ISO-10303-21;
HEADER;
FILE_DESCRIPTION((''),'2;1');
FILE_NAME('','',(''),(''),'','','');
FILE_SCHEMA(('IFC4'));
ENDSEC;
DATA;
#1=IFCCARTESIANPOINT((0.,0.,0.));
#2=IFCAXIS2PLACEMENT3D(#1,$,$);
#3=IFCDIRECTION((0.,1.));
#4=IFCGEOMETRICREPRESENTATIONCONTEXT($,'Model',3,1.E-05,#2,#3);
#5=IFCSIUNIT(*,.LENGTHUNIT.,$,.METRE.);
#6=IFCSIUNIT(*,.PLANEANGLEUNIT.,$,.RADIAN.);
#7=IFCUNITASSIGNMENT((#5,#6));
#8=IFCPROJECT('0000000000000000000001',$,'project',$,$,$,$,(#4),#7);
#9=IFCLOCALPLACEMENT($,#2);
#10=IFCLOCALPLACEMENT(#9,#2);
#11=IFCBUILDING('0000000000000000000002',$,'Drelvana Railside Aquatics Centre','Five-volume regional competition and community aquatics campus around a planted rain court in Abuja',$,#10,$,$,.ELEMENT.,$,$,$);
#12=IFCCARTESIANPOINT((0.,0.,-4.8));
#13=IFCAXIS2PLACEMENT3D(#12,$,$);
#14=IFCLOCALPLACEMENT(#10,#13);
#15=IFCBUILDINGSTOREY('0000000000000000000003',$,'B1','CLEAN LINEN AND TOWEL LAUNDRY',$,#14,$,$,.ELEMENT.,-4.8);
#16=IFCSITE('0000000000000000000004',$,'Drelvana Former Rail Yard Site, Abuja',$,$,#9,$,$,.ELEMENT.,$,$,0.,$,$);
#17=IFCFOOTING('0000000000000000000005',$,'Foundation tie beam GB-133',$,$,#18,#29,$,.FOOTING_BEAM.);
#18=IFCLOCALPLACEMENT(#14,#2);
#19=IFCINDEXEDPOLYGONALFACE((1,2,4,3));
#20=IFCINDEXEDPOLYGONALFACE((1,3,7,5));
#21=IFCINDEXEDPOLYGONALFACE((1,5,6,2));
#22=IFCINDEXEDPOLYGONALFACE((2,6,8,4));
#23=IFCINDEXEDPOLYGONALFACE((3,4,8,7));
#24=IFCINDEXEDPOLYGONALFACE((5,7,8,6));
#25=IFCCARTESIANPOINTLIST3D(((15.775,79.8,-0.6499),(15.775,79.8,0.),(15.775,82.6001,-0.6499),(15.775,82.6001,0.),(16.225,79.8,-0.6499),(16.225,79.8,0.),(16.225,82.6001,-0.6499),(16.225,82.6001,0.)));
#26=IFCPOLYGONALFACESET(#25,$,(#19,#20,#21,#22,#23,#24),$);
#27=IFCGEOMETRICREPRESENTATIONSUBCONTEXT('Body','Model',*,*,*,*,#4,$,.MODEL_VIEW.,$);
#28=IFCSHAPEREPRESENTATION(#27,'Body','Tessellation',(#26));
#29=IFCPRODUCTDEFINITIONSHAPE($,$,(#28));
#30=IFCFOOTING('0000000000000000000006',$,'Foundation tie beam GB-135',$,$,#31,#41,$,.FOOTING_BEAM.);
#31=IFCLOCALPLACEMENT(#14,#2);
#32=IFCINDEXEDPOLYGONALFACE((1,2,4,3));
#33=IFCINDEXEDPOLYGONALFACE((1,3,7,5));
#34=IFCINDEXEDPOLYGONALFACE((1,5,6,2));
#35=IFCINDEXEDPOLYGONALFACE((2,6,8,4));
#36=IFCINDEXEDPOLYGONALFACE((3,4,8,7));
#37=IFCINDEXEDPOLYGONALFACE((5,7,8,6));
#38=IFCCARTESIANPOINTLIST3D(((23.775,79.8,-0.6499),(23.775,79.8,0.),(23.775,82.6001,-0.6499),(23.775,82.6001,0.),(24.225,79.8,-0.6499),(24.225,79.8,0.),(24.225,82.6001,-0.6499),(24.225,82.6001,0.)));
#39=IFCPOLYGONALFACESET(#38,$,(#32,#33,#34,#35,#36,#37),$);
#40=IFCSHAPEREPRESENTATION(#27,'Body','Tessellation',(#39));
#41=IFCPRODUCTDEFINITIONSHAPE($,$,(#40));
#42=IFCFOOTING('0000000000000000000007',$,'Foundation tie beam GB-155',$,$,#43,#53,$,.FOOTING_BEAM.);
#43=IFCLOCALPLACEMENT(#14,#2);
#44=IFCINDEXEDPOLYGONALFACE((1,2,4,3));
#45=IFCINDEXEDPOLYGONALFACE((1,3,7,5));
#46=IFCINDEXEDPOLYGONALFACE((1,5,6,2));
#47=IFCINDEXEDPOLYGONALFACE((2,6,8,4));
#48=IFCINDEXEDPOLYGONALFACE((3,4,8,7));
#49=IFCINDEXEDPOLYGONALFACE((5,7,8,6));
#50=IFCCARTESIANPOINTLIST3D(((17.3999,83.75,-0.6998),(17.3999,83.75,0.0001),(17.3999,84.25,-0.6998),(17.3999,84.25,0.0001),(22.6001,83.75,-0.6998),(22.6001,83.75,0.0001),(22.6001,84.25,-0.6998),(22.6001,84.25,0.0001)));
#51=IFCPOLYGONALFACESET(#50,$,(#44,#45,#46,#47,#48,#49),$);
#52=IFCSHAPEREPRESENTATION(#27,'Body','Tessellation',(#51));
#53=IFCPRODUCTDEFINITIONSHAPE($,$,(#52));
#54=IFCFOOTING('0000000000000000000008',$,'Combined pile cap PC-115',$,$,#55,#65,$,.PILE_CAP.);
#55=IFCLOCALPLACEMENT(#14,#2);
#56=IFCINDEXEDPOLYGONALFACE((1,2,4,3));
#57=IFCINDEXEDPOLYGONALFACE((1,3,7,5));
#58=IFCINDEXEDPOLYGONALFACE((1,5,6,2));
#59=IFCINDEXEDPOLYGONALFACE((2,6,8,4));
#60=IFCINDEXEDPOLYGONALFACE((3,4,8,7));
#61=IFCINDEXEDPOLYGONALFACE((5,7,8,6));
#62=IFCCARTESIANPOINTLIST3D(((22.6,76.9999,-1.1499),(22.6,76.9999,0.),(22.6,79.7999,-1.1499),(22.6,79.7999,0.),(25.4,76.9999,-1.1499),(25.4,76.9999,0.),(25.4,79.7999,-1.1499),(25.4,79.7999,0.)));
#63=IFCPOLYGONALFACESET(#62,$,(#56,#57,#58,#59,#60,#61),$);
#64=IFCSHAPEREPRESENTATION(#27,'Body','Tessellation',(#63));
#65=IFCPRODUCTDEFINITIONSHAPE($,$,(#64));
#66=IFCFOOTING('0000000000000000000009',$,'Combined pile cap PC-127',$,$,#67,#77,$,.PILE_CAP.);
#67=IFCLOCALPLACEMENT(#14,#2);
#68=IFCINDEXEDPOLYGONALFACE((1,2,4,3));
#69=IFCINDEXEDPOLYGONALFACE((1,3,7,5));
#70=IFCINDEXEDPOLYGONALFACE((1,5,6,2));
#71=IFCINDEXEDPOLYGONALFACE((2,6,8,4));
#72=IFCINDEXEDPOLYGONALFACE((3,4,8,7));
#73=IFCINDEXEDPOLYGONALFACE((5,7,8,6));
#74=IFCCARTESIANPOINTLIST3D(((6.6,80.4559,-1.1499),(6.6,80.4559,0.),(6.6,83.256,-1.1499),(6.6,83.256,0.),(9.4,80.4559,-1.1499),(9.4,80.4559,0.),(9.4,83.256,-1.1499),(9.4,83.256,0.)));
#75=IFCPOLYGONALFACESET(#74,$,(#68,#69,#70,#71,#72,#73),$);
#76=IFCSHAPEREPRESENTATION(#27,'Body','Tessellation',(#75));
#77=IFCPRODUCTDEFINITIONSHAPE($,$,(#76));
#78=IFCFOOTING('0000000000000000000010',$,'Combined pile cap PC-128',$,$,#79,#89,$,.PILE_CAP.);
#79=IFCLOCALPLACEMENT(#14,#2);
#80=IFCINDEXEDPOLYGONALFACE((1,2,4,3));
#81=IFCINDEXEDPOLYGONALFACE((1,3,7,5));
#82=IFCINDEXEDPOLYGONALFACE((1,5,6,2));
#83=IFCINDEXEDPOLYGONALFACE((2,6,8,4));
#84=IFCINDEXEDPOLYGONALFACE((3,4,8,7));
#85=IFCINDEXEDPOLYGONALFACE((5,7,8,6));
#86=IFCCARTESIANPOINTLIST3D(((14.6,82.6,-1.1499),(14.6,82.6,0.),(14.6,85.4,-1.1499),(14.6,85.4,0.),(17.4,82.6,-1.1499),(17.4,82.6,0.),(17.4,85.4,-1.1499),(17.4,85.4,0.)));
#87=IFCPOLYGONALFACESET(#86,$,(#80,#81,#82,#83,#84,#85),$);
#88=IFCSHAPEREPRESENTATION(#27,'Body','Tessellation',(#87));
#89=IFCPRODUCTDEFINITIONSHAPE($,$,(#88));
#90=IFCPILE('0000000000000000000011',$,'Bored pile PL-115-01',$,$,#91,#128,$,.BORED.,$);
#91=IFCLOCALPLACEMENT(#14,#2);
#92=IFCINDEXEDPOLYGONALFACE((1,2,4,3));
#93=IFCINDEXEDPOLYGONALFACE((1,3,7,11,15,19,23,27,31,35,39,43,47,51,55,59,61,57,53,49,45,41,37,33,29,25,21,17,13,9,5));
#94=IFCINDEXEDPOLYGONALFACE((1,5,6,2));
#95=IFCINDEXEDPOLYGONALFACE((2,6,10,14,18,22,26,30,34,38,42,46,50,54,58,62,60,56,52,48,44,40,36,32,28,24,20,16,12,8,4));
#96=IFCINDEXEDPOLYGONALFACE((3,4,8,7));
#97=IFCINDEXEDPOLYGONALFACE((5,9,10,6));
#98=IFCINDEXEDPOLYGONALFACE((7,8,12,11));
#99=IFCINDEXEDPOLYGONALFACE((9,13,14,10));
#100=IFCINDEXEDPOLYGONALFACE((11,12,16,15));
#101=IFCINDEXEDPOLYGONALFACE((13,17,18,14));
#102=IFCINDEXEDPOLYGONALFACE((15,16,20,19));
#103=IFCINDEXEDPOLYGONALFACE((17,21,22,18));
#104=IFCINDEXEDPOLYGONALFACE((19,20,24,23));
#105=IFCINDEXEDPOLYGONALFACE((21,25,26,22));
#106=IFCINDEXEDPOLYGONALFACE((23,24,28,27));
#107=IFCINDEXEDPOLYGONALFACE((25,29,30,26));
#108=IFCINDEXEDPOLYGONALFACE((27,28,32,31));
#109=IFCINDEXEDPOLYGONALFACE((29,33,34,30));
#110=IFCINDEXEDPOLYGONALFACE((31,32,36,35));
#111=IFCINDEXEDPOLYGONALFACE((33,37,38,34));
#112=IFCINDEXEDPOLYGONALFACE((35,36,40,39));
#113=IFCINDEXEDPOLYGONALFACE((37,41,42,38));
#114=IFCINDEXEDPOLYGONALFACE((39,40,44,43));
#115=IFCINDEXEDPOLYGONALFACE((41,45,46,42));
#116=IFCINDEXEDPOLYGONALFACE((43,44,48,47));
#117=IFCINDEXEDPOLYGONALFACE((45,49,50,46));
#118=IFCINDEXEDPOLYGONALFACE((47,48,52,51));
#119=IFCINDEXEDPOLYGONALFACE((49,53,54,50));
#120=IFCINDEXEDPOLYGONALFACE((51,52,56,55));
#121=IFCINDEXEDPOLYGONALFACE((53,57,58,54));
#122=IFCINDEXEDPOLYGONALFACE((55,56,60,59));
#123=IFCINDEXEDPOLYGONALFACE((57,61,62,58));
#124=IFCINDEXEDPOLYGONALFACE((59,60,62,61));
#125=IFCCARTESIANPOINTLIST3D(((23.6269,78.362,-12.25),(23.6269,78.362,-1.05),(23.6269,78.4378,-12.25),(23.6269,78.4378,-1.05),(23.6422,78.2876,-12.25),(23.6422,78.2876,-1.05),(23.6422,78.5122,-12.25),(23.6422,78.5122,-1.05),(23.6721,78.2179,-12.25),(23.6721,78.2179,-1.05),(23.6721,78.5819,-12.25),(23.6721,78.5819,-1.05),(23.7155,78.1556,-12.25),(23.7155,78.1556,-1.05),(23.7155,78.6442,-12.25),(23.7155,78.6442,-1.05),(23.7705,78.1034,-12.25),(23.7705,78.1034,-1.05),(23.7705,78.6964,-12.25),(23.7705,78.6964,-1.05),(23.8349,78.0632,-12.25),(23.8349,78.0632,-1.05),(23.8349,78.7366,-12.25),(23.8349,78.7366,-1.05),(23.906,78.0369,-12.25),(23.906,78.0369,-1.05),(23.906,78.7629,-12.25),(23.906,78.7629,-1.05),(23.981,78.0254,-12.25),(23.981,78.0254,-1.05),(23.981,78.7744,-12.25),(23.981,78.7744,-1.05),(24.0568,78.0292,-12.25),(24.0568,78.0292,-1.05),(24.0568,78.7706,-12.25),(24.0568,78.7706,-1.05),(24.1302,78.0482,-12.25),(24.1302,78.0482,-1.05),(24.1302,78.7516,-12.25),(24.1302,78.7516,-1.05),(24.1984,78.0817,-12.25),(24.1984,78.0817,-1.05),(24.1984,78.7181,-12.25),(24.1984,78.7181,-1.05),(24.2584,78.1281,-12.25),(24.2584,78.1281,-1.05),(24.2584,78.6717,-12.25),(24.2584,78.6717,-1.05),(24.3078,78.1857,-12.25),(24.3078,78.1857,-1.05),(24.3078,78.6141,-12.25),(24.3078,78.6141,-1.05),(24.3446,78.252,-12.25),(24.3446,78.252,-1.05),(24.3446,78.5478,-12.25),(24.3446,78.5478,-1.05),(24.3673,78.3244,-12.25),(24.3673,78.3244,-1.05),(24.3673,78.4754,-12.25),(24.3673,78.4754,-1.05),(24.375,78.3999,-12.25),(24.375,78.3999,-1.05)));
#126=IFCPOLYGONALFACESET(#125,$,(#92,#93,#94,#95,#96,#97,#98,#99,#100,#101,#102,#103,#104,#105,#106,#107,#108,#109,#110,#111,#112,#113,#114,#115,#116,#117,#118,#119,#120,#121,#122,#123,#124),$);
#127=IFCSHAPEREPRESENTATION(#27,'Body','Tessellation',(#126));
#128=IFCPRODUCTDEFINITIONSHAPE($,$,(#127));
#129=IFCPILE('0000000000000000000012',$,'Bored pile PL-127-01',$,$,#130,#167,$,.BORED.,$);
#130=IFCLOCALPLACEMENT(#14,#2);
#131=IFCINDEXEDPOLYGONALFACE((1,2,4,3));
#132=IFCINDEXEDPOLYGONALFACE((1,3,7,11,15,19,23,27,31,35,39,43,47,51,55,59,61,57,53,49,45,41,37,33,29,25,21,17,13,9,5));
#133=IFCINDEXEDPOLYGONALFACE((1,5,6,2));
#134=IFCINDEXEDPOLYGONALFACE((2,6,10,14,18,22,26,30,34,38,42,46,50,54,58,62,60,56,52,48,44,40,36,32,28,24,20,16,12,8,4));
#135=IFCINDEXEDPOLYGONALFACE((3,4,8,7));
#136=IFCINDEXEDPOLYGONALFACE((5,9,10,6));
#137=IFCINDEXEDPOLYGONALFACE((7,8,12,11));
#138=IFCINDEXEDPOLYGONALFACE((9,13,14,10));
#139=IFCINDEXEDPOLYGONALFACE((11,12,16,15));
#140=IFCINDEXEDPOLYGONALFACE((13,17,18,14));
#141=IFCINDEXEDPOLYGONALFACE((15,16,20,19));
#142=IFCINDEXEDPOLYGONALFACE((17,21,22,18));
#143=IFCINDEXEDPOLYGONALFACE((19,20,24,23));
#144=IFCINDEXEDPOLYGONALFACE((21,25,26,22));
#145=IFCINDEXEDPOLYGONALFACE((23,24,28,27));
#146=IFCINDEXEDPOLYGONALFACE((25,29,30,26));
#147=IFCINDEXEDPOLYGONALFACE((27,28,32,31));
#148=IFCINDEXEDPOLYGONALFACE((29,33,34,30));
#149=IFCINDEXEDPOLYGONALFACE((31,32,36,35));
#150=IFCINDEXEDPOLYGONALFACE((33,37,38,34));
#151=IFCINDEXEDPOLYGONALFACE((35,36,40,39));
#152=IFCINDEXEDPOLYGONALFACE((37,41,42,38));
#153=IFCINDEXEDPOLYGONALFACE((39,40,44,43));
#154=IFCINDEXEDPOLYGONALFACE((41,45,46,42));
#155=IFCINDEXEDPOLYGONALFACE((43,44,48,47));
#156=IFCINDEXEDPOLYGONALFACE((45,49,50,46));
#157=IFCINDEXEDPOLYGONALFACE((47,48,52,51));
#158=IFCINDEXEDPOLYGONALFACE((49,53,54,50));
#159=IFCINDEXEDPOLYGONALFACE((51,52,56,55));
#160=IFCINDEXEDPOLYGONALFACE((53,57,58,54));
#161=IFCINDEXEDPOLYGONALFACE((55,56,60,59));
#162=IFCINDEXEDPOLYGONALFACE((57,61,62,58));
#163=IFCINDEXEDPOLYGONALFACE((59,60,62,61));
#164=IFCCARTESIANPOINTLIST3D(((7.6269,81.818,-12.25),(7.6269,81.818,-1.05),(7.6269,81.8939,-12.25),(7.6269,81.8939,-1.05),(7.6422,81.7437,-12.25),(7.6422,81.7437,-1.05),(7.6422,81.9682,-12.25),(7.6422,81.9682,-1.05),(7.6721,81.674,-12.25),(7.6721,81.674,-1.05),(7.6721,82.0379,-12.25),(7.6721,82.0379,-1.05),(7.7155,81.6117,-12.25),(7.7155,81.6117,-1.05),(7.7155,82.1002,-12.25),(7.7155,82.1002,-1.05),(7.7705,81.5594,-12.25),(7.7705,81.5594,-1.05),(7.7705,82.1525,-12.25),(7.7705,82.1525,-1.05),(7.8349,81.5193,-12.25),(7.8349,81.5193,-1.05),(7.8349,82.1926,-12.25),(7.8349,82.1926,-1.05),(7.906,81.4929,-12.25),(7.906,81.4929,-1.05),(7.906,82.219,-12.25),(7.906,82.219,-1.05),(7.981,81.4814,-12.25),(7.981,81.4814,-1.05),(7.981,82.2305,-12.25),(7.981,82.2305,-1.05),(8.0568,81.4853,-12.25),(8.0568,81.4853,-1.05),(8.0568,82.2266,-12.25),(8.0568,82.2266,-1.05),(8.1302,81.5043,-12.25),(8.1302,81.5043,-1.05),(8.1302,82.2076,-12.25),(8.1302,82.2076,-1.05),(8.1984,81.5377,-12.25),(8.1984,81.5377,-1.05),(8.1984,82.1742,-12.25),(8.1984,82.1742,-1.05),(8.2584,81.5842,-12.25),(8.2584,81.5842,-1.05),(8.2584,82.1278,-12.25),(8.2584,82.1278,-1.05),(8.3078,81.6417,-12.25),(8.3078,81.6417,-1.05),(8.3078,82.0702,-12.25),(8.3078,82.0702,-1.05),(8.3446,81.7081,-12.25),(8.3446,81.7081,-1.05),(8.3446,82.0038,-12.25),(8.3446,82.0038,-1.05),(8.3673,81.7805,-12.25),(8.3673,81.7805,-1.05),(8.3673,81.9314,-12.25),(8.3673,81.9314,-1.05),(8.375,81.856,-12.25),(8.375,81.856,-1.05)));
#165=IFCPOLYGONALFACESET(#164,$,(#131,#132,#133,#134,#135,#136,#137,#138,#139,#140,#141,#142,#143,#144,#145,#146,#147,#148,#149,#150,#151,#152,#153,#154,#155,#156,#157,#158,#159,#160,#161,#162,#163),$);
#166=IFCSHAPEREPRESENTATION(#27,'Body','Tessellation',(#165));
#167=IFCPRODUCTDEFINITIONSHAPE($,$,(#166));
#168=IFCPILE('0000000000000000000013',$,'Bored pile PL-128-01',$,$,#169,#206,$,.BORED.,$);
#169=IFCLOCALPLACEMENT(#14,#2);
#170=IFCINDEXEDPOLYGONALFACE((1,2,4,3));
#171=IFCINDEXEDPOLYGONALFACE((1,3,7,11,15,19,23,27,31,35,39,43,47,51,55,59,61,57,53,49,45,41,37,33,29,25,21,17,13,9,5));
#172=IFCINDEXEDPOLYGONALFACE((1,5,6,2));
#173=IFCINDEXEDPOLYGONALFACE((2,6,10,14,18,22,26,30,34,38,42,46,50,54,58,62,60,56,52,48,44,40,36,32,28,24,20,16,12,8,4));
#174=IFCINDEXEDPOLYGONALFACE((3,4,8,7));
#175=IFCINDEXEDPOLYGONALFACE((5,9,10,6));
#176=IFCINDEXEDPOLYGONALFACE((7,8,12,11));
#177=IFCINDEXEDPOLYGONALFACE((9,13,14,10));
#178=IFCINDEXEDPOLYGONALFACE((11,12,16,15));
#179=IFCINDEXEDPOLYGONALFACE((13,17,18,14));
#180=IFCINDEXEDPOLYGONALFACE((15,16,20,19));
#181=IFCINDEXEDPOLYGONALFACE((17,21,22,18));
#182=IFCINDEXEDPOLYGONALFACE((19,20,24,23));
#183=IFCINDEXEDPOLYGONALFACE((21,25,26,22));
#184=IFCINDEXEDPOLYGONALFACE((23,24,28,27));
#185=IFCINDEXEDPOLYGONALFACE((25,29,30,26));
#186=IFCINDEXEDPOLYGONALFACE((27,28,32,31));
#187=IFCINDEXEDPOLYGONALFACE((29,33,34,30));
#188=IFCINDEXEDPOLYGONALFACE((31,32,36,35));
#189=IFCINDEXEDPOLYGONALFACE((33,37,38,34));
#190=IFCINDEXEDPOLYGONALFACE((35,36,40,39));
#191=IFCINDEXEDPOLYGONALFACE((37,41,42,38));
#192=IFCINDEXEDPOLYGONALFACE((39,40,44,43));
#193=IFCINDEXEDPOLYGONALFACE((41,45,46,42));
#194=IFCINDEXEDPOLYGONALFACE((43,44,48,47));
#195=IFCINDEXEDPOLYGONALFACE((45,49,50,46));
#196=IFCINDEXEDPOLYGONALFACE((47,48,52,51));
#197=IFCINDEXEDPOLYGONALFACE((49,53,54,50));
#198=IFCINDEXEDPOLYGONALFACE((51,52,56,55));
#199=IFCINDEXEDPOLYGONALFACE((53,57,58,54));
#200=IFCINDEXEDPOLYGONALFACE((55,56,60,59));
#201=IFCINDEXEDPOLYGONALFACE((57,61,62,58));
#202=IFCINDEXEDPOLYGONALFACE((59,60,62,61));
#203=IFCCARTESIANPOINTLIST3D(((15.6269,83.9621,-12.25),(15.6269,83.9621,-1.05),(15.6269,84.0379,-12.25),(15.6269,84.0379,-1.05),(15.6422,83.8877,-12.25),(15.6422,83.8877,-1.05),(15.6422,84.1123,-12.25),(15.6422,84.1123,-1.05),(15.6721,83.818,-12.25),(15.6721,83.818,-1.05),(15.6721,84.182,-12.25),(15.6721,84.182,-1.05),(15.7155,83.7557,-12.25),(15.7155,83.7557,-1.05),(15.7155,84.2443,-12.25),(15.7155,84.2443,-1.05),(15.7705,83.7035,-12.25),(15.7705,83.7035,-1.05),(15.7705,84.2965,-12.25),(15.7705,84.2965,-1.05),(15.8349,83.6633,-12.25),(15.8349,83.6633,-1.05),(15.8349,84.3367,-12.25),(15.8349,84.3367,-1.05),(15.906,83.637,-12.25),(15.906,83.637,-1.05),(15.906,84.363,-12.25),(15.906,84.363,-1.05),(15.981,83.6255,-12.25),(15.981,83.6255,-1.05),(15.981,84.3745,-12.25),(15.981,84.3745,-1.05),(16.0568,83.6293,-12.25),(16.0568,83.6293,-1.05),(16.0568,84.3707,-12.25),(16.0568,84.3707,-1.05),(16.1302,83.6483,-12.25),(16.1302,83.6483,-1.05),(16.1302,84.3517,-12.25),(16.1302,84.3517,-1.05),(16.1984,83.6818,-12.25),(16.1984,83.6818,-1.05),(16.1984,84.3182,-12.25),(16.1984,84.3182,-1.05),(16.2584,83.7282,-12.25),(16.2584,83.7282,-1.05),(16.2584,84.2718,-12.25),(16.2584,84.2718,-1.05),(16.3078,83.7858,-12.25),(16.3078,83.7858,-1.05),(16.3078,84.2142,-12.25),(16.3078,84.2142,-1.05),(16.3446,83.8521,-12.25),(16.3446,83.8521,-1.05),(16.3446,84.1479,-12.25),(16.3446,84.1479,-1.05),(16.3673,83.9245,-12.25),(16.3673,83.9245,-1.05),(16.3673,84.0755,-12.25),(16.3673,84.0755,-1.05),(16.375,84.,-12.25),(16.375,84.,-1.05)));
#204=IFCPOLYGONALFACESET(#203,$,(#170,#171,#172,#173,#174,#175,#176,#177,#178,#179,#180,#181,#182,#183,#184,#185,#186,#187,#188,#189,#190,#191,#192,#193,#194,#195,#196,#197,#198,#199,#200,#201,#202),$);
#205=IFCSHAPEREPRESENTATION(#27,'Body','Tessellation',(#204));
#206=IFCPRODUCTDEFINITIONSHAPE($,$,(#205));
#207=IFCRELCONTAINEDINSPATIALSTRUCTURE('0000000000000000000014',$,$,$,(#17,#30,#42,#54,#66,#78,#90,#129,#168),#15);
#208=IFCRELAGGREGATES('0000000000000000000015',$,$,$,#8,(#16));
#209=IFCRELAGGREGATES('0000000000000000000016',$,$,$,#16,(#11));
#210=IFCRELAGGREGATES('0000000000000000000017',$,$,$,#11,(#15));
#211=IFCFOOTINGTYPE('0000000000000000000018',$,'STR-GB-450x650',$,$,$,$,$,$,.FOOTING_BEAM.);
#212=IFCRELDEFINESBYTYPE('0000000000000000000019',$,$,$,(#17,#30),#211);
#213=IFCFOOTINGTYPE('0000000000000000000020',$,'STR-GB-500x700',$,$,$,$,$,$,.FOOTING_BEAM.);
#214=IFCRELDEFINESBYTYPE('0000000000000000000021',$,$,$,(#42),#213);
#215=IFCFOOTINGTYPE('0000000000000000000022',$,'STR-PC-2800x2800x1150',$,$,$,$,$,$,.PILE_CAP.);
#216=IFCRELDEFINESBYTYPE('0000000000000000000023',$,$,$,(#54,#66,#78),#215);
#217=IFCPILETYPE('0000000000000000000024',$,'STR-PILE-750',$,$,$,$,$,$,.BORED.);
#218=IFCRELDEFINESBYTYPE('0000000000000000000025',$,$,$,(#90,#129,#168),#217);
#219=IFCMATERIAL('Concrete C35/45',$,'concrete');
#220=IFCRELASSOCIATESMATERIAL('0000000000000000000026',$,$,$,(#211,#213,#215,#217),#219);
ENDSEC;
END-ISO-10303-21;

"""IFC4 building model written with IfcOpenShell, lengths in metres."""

from ifc_helpers import new_model, si_unit, direction, frame, origin, origin_2d, place, context, subcontext, project, spatial, rectangle, circle, extrude, material, material_profile, profile_set, type_object, element, save


model = new_model("IFC4")

# Units and contexts
model_context = context("Model", 3, precision=1e-05, world=origin(), true_north=direction((0.0, 1.0)))
body_context = subcontext(model_context, "Body", "Model", "MODEL_VIEW")
ifc_project = project(units=[si_unit("LENGTHUNIT", "METRE"), si_unit("PLANEANGLEUNIT", "RADIAN")], contexts=[model_context])

# Site, building, storey
site_placement = place(None, origin())
site = spatial("IfcSite", under=ifc_project, at=site_placement, Name="Drelvana Former Rail Yard Site, Abuja", CompositionType="ELEMENT", RefElevation=0.0)
building_placement = place(site_placement, origin())
building = spatial("IfcBuilding", under=site, at=building_placement, Name="Drelvana Railside Aquatics Centre", Description="Five-volume regional competition and community aquatics campus around a planted rain court in Abuja", CompositionType="ELEMENT")
storey_placement = place(building_placement, frame((0.0, 0.0, -4.8)))
storey = spatial("IfcBuildingStorey", under=building, at=storey_placement, Name="B1", Description="CLEAN LINEN AND TOWEL LAUNDRY", CompositionType="ELEMENT", Elevation=-4.8)

# Footings
ifc_material_1 = material(Name="Concrete C35/45", Category="concrete")
ifc_material_profile_1 = material_profile(ifc_material_1, rectangle(XDim=0.45, YDim=0.6499, at=origin_2d()), Name="GB 450x650")
ifc_profile_set_1 = profile_set([ifc_material_profile_1], Name="Concrete C35/45")
footing_type_1 = type_object("IfcFootingType", Name="STR-GB-450x650", PredefinedType="FOOTING_BEAM", material=ifc_profile_set_1)
for number, where, z_axis, x_axis, name in (
    (1, (16.0, 79.8, -0.325), (0.0, 1.0, 0.0), (-1.0, 0.0, 0.0), "Foundation tie beam GB-133"),
    (2, (24.0, 79.8, -0.325), (0.0, 1.0, 0.0), (-1.0, 0.0, 0.0), "Foundation tie beam GB-135"),
):
    element("IfcFooting", number, at=place(storey_placement, frame(where, z_axis=z_axis, x_axis=x_axis)), inside=storey, type_object=footing_type_1, Name=name, PredefinedType="FOOTING_BEAM", context=body_context, shape_type="SweptSolid", body=[
        extrude(rectangle(XDim=0.45, YDim=0.6499, at=origin_2d()), origin(), (0.0, 0.0, 1.0), 2.8),
    ])
ifc_material_profile_2 = material_profile(ifc_material_1, rectangle(XDim=0.5, YDim=0.7, at=origin_2d()), Name="GB 500x700")
ifc_profile_set_2 = profile_set([ifc_material_profile_2], Name="Concrete C35/45")
footing_type_2 = type_object("IfcFootingType", Name="STR-GB-500x700", PredefinedType="FOOTING_BEAM", material=ifc_profile_set_2)
footing_placement = place(storey_placement, frame((17.3999, 84.0, -0.3499), z_axis=(1.0, 0.0, 0.0), x_axis=(0.0, 1.0, 0.0)))
element("IfcFooting", 3, at=footing_placement, inside=storey, type_object=footing_type_2, Name="Foundation tie beam GB-155", PredefinedType="FOOTING_BEAM", context=body_context, shape_type="SweptSolid", body=[
    extrude(rectangle(XDim=0.5, YDim=0.7, at=origin_2d()), origin(), (0.0, 0.0, 1.0), 5.2002),
])
footing_type_3 = type_object("IfcFootingType", Name="STR-PC-2800x2800x1150", PredefinedType="PILE_CAP", material=ifc_material_1)
for number, where, z_axis, x_axis, name in (
    (4, (24.0, 78.3999, -1.1499), (0.0, 0.0, 1.0), (1.0, 0.0, 0.0), "Combined pile cap PC-115"),
    (5, (8.0, 81.856, -1.1499), (0.0, 0.0, 1.0), (1.0, 0.0, 0.0), "Combined pile cap PC-127"),
    (6, (16.0, 84.0, -1.1499), (0.0, 0.0, 1.0), (1.0, 0.0, 0.0), "Combined pile cap PC-128"),
):
    element("IfcFooting", number, at=place(storey_placement, frame(where, z_axis=z_axis, x_axis=x_axis)), inside=storey, type_object=footing_type_3, Name=name, PredefinedType="PILE_CAP", context=body_context, shape_type="SweptSolid", body=[
        extrude(rectangle(XDim=2.8, YDim=2.8, at=origin_2d()), origin(), (0.0, 0.0, 1.0), 1.1499),
    ])

# Piles
ifc_material_profile_3 = material_profile(ifc_material_1, circle(Radius=0.375, at=origin_2d()), Name="PILE D750")
ifc_profile_set_3 = profile_set([ifc_material_profile_3], Name="Concrete C35/45")
pile_type = type_object("IfcPileType", Name="STR-PILE-750", PredefinedType="BORED", material=ifc_profile_set_3)
for number, where, z_axis, x_axis, name in (
    (7, (24.0, 78.3999, -1.05), (0.0, 0.0, -1.0), (1.0, 0.0, 0.0), "Bored pile PL-115-01"),
    (8, (8.0, 81.856, -1.05), (0.0, 0.0, -1.0), (1.0, 0.0, 0.0), "Bored pile PL-127-01"),
    (9, (16.0, 84.0, -1.05), (0.0, 0.0, -1.0), (1.0, 0.0, 0.0), "Bored pile PL-128-01"),
):
    element("IfcPile", number, at=place(storey_placement, frame(where, z_axis=z_axis, x_axis=x_axis)), inside=storey, type_object=pile_type, Name=name, PredefinedType="BORED", context=body_context, shape_type="SweptSolid", body=[
        extrude(circle(Radius=0.375, at=origin_2d()), origin(), (0.0, 0.0, 1.0), 11.2),
    ])

save(model, "model.ifc")
